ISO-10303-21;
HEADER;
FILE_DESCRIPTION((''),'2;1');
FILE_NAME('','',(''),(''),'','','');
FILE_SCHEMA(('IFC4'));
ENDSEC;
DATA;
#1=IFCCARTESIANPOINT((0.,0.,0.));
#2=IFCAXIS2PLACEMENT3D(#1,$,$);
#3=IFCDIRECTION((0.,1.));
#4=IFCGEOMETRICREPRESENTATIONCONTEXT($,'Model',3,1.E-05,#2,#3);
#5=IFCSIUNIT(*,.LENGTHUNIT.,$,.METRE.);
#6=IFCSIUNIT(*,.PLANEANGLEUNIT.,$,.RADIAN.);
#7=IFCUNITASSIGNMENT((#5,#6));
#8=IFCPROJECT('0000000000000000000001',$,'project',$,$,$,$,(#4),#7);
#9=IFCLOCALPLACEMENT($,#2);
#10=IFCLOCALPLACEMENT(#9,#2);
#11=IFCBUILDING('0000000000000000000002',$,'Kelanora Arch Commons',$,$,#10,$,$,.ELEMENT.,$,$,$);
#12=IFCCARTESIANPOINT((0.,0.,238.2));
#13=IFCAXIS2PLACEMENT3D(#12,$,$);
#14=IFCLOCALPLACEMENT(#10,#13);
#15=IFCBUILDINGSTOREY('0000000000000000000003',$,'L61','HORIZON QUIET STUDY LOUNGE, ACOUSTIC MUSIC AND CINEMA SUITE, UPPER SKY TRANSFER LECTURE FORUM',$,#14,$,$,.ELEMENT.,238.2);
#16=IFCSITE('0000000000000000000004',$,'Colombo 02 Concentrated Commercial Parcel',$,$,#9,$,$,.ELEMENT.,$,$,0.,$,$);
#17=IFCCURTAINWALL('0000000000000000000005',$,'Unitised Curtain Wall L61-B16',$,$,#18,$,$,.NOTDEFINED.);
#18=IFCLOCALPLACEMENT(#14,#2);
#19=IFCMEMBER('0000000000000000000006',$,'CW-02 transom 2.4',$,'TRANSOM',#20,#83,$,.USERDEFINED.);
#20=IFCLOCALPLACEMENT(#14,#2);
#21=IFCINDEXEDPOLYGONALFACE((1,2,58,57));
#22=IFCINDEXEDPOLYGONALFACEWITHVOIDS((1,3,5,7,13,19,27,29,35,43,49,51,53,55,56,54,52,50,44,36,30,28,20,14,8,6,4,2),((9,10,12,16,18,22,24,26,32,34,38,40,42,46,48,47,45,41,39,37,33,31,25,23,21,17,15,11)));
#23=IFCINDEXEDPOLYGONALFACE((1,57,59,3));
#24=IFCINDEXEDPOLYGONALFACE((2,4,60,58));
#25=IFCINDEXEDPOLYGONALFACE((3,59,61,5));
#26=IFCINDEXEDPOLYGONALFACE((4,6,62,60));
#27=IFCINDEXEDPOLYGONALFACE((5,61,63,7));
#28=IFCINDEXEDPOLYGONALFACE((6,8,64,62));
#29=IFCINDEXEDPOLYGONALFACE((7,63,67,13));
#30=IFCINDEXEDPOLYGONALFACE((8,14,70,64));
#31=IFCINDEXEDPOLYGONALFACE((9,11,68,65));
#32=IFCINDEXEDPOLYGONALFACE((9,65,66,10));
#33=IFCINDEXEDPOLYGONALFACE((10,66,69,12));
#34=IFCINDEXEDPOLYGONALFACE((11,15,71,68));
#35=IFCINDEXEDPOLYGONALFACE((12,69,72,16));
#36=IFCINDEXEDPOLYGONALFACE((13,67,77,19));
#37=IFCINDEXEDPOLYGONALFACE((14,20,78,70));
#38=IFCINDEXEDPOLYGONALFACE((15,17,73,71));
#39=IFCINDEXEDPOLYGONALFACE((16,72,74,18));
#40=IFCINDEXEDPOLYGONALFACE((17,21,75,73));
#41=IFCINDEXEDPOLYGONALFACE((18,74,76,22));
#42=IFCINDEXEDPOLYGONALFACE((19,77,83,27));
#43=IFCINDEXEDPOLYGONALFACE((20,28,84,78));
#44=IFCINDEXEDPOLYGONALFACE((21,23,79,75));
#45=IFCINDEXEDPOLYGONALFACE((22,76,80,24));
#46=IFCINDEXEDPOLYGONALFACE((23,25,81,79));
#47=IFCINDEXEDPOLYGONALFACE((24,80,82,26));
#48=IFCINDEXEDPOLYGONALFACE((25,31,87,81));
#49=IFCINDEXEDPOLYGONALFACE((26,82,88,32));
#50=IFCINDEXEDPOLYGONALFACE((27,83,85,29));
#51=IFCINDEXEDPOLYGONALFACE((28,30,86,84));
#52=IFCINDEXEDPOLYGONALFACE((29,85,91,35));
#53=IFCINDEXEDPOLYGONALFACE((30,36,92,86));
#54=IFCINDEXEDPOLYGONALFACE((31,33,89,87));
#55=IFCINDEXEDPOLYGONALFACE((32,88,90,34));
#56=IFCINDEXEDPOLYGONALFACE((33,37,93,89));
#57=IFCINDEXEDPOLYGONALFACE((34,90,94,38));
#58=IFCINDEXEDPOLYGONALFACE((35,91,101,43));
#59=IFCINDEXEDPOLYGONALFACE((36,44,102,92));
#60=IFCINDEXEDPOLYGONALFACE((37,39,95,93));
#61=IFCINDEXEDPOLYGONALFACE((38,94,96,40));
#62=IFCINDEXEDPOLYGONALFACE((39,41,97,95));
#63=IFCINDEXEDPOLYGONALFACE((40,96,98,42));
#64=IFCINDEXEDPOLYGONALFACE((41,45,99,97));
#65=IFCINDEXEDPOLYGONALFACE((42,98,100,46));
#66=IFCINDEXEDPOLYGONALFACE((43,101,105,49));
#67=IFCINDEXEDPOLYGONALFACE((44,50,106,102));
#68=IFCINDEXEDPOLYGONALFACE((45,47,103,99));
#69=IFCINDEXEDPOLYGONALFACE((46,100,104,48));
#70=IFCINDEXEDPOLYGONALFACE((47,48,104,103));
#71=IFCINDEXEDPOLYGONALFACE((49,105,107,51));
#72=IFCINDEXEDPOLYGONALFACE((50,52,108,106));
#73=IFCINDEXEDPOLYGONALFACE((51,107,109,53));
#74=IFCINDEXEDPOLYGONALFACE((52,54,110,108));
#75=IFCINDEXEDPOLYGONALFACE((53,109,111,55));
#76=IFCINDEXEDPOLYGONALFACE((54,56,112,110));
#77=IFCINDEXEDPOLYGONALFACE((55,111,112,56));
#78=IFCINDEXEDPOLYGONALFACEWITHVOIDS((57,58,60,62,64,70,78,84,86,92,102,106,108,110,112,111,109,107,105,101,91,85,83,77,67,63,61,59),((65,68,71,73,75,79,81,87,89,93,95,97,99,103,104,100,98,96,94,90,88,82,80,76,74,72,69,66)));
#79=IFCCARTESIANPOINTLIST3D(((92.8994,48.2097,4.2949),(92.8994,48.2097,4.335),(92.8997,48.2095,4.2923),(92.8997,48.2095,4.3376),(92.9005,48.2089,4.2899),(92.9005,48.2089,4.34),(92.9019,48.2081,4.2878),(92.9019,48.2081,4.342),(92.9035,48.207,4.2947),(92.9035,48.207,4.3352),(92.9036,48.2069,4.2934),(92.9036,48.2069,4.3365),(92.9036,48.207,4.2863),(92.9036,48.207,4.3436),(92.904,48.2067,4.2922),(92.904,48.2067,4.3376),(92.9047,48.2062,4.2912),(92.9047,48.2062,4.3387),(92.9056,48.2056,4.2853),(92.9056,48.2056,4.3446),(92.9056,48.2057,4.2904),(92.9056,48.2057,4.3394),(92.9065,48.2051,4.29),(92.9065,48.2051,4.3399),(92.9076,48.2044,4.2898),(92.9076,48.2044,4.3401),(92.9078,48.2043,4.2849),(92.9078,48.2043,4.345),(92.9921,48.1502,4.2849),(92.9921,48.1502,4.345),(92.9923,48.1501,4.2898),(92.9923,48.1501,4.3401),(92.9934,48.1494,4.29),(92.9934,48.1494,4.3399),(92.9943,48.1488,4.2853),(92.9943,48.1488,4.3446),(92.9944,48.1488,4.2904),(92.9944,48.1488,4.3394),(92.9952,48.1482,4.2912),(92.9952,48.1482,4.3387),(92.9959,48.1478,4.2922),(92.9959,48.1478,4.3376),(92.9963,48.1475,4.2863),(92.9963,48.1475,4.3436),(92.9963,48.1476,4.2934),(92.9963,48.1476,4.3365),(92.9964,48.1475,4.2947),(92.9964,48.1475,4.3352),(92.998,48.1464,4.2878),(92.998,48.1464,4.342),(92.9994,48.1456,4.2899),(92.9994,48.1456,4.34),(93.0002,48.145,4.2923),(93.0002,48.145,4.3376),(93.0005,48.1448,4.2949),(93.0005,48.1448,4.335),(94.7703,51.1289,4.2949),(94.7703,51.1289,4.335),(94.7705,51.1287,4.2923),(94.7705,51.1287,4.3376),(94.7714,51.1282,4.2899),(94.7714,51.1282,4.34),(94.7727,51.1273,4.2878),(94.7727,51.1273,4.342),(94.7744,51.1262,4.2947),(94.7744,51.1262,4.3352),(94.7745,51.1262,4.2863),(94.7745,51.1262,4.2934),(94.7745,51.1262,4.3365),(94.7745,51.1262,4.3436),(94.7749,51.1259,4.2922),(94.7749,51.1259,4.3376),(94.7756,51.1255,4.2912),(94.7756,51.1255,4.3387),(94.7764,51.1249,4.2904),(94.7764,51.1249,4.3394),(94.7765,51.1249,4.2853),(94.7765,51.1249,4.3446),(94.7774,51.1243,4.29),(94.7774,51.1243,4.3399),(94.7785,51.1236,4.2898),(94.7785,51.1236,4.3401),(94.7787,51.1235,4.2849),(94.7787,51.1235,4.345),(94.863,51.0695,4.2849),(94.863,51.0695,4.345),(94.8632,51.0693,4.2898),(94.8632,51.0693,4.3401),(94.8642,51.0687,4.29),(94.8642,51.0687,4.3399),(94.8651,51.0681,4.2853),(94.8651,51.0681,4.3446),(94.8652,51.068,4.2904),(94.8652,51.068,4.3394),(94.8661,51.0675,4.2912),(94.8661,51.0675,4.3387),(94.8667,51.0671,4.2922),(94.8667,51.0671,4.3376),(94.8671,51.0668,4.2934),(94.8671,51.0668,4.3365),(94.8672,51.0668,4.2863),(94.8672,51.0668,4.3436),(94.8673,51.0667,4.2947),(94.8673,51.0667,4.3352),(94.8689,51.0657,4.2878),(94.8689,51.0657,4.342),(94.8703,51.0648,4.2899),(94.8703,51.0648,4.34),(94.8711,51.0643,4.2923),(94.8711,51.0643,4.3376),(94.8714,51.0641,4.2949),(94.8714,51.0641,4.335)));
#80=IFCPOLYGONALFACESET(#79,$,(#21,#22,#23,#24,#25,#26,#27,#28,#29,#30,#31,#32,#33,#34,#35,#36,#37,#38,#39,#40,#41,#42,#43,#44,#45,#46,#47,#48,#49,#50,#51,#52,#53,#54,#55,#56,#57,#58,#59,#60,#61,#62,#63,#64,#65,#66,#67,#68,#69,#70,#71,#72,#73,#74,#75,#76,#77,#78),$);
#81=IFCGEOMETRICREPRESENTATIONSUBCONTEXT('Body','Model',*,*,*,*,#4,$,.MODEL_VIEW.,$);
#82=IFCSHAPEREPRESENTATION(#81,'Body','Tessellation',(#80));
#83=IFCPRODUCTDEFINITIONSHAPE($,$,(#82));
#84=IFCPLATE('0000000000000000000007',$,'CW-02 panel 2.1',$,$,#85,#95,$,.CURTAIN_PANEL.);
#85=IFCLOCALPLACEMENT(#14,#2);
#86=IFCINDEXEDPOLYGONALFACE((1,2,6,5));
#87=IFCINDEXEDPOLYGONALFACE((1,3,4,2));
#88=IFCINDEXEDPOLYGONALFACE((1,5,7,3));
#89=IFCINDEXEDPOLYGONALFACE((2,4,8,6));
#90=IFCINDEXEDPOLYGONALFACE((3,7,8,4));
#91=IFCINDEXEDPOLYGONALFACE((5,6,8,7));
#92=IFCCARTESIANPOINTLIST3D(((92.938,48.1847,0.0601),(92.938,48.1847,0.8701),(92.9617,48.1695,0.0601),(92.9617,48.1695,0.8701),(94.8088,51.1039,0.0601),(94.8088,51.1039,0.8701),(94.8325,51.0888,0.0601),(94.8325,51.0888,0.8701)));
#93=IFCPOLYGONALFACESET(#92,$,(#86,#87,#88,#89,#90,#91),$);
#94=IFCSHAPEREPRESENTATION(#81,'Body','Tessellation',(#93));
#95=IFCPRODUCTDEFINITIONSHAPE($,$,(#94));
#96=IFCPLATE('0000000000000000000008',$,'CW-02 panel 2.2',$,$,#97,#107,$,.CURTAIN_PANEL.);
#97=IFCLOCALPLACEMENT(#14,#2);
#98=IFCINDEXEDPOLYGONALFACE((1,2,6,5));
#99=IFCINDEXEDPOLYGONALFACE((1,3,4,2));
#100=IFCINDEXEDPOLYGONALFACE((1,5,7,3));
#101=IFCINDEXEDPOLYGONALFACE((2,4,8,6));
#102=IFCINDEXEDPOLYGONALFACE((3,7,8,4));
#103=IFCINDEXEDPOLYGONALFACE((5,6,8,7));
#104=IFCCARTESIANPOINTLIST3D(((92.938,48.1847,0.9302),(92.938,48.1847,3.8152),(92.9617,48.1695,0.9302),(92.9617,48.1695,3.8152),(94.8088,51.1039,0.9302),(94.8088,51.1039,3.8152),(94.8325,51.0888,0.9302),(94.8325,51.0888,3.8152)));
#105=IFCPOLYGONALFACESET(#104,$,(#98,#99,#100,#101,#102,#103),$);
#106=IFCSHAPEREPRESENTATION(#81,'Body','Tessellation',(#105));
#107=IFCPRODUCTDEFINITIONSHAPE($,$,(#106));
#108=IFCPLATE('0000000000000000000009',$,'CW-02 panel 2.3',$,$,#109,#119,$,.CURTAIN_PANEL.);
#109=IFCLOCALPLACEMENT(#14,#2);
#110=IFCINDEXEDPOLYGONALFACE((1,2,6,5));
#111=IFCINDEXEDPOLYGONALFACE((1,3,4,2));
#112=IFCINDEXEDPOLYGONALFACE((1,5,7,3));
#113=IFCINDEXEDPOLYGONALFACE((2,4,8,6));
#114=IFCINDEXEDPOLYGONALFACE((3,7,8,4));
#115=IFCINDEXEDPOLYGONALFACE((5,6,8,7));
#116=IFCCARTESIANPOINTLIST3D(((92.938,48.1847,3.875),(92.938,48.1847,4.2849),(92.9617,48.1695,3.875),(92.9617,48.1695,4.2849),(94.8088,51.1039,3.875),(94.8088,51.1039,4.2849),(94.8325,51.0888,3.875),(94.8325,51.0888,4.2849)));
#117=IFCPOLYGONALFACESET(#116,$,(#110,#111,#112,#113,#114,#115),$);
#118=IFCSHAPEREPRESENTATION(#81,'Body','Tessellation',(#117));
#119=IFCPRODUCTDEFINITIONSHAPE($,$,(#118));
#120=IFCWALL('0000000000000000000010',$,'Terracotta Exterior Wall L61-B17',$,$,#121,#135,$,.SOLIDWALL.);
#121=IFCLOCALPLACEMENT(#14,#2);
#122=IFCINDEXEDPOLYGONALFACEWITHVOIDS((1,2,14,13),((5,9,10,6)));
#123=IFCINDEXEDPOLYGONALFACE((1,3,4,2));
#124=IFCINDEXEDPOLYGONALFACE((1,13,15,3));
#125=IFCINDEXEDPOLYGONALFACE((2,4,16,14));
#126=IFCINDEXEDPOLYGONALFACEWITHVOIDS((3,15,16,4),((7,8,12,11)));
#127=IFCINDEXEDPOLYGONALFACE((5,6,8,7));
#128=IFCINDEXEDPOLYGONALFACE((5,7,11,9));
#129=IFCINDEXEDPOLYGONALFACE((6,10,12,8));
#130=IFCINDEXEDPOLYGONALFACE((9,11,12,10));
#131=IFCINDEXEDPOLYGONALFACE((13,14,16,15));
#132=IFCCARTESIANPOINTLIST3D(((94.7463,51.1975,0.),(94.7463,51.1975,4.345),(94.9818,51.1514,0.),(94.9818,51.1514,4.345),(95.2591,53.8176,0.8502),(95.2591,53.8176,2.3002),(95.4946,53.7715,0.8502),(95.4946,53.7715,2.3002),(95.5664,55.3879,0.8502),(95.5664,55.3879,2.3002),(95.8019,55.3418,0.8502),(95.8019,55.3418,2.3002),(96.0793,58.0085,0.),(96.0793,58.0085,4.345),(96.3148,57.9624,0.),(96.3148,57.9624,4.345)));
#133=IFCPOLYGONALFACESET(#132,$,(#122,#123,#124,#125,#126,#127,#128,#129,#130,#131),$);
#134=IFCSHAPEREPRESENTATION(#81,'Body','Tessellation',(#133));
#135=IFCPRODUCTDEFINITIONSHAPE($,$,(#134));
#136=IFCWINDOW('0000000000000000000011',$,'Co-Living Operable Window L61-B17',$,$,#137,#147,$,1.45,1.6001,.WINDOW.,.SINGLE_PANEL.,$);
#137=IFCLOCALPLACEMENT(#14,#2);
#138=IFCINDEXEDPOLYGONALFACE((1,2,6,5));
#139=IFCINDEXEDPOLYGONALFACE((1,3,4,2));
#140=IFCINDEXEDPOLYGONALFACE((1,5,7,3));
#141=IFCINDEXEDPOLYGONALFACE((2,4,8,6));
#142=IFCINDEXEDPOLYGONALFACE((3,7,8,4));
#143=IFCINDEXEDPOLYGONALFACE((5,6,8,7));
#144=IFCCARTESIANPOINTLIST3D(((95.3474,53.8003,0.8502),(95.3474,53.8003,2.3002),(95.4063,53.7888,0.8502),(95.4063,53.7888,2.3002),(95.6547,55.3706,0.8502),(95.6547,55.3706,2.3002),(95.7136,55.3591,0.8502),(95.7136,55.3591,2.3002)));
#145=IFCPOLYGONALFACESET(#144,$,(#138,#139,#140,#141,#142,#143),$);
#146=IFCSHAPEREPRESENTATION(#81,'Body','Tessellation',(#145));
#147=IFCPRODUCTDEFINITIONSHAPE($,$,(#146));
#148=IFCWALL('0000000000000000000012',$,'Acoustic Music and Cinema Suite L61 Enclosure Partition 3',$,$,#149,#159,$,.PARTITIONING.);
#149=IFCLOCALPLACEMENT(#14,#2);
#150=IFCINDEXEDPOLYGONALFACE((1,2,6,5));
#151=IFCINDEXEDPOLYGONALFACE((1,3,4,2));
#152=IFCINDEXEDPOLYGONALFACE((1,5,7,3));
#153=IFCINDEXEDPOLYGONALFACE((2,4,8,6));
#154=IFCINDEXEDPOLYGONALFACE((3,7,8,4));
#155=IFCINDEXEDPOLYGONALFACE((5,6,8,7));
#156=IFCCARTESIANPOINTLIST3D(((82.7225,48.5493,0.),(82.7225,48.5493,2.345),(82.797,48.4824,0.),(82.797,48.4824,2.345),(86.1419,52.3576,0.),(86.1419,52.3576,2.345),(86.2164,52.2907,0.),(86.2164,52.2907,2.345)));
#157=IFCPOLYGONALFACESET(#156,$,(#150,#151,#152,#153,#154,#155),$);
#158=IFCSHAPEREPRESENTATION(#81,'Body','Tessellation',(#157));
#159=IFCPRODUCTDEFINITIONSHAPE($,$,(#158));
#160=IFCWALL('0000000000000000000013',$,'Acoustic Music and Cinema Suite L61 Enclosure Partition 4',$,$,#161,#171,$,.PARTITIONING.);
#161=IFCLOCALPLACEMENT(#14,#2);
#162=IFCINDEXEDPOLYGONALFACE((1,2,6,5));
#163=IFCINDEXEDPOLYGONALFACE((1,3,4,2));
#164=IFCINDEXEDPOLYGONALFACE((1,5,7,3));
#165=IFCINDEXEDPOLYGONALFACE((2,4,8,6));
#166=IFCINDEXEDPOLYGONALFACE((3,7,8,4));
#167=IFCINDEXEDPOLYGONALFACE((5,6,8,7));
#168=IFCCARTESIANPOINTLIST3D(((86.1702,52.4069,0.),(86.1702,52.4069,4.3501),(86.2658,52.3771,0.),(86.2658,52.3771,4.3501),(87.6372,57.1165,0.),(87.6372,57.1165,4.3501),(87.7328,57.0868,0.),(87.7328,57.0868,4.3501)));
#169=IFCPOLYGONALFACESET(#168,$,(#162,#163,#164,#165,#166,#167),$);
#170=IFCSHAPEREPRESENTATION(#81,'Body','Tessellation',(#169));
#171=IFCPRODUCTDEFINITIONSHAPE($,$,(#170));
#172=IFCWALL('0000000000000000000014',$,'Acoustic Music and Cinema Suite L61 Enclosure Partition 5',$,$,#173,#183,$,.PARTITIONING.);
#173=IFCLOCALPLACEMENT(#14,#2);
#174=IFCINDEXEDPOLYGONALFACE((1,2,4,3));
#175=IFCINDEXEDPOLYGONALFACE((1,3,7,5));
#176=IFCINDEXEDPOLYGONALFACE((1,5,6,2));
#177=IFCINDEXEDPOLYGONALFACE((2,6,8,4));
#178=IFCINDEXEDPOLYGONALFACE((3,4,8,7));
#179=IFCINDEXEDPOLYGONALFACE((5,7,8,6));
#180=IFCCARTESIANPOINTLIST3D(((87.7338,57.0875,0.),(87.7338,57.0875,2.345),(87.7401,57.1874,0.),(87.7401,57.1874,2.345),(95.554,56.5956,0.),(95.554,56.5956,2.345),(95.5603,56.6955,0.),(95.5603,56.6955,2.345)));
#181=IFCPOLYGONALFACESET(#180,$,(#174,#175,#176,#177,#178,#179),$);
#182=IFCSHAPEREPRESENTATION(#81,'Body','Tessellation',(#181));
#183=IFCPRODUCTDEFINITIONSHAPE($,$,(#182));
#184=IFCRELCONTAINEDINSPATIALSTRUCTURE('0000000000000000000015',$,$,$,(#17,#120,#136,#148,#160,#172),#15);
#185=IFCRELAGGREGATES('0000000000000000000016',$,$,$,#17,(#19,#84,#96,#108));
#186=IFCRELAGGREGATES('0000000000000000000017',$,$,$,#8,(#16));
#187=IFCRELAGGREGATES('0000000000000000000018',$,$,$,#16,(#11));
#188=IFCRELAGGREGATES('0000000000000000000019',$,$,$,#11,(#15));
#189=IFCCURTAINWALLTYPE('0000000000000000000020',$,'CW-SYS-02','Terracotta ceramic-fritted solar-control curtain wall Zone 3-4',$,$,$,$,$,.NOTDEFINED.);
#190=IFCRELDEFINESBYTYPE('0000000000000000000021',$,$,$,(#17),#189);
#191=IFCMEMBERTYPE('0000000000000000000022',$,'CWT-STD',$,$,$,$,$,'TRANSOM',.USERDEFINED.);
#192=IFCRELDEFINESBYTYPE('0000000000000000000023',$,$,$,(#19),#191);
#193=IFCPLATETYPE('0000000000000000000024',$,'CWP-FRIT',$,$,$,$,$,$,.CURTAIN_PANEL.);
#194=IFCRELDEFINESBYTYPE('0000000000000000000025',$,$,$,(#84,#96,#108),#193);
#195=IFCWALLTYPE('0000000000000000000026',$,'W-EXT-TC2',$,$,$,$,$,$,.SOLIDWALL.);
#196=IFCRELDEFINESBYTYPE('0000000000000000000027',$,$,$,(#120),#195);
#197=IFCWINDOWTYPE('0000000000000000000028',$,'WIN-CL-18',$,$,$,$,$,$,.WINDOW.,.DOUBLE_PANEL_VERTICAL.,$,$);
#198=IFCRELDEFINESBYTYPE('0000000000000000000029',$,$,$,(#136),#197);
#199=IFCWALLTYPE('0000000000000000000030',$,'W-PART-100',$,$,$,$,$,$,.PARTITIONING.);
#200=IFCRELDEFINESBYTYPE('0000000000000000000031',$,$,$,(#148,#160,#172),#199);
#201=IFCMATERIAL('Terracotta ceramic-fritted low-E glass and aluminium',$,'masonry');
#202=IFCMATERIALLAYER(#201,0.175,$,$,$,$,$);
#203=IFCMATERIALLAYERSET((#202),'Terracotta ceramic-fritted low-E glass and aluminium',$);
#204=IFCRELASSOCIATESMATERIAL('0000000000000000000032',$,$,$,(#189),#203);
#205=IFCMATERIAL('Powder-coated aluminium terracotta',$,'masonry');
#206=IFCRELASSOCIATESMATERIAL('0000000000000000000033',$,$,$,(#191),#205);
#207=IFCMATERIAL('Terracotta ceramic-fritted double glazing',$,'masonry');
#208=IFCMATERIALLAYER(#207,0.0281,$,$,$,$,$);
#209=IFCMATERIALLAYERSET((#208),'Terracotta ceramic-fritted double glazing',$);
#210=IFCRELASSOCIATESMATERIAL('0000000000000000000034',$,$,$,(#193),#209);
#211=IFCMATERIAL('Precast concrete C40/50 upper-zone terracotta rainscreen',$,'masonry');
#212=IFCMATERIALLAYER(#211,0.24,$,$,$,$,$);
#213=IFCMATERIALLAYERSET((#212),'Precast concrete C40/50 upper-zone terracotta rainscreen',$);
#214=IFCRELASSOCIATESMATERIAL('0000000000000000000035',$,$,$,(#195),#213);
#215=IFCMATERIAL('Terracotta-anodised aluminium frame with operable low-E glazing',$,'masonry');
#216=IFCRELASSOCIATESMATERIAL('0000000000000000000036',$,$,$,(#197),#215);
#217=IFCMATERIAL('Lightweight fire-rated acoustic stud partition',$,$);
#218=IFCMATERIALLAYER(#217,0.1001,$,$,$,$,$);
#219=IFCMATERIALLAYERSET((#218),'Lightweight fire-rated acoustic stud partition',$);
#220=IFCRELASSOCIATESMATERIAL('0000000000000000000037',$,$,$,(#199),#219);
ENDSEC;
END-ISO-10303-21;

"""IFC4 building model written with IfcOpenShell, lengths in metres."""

from ifc_helpers import new_model, si_unit, direction, frame, frame_2d, origin, origin_2d, place, context, subcontext, project, spatial, rectangle, hollow_rectangle, extrude, source, transform, mapped, material, layer, layer_set, material_profile, profile_set, type_object, element, fill, aggregate, save


model = new_model("IFC4")

# Units and contexts
model_context = context("Model", 3, precision=1e-05, world=origin(), true_north=direction((0.0, 1.0)))
body_context = subcontext(model_context, "Body", "Model", "MODEL_VIEW")
ifc_project = project(units=[si_unit("LENGTHUNIT", "METRE"), si_unit("PLANEANGLEUNIT", "RADIAN")], contexts=[model_context])

# Site, building, storey
site_placement = place(None, origin())
site = spatial("IfcSite", under=ifc_project, at=site_placement, Name="Colombo 02 Concentrated Commercial Parcel", CompositionType="ELEMENT", RefElevation=0.0)
building_placement = place(site_placement, origin())
building = spatial("IfcBuilding", under=site, at=building_placement, Name="Kelanora Arch Commons", CompositionType="ELEMENT")
storey_placement = place(building_placement, frame((0.0, 0.0, 238.2)))
storey = spatial("IfcBuildingStorey", under=building, at=storey_placement, Name="L61", Description="HORIZON QUIET STUDY LOUNGE, ACOUSTIC MUSIC AND CINEMA SUITE, UPPER SKY TRANSFER LECTURE FORUM", CompositionType="ELEMENT", Elevation=238.2)

# Curtain wall, member, plates
ifc_material_1 = material(Name="Terracotta ceramic-fritted low-E glass and aluminium", Category="masonry")
ifc_layer_1 = layer(ifc_material_1, 0.175)
ifc_layer_set_1 = layer_set([ifc_layer_1], Name="Terracotta ceramic-fritted low-E glass and aluminium")
curtain_wall_type = type_object("IfcCurtainWallType", Name="CW-SYS-02", Description="Terracotta ceramic-fritted solar-control curtain wall Zone 3-4", PredefinedType="NOTDEFINED", material=ifc_layer_set_1)
curtain_wall_placement = place(storey_placement, origin())
curtain_wall = element("IfcCurtainWall", 1, at=curtain_wall_placement, inside=storey, type_object=curtain_wall_type, Name="Unitised Curtain Wall L61-B16", PredefinedType="NOTDEFINED")
ifc_material_2 = material(Name="Powder-coated aluminium terracotta", Category="masonry")
ifc_material_profile_1 = material_profile(ifc_material_2, hollow_rectangle(XDim=0.1201, YDim=0.0601, WallThickness=0.0049, InnerFilletRadius=0.0049, OuterFilletRadius=0.01, at=origin_2d()), Name="CWT120x60")
ifc_profile_set_1 = profile_set([ifc_material_profile_1], Name="Powder-coated aluminium terracotta")
member_type_1 = type_object("IfcMemberType", Name="CWT-STD", ElementType="TRANSOM", PredefinedType="USERDEFINED", material=ifc_profile_set_1)
member_1_placement = place(storey_placement, frame((92.95, 48.1772, 4.3149), z_axis=(0.539579, 0.841935, 0.0), x_axis=(-0.841935, 0.539579, 0.0)))
member_1 = element("IfcMember", 2, at=member_1_placement, type_object=member_type_1, Name="CW-02 transom 2.4", ObjectType="TRANSOM", PredefinedType="USERDEFINED", context=body_context, shape_type="SweptSolid", body=[
    extrude(hollow_rectangle(XDim=0.1201, YDim=0.0601, WallThickness=0.0049, InnerFilletRadius=0.0049, OuterFilletRadius=0.01, at=origin_2d()), origin(), (0.0, 0.0, 1.0), 3.4673),
])
ifc_material_3 = material(Name="Terracotta ceramic-fritted double glazing", Category="masonry")
ifc_layer_2 = layer(ifc_material_3, 0.0281)
ifc_layer_set_2 = layer_set([ifc_layer_2], Name="Terracotta ceramic-fritted double glazing")
plate_type = type_object("IfcPlateType", Name="CWP-FRIT", PredefinedType="CURTAIN_PANEL", material=ifc_layer_set_2)
shared_shape_1 = source(origin(), body_context, "Body", "SweptSolid", [
    extrude(rectangle(XDim=3.4673, YDim=0.0281, at=origin_2d()), origin(), (0.0, 0.0, 1.0), 0.8101),
])
plate_1_placement = place(storey_placement, frame((93.8853, 49.6367, 0.0601), z_axis=(0.0, 0.0, 1.0), x_axis=(0.539559, 0.841948, 0.0)))
plate_1 = element("IfcPlate", 3, at=plate_1_placement, type_object=plate_type, Name="CW-02 panel 2.1", PredefinedType="CURTAIN_PANEL", context=body_context, shape_type="MappedRepresentation", body=[
    mapped(shared_shape_1, transform((0.0, 0.0, 0.0), scale=1.0)),
])
shared_shape_2 = source(origin(), body_context, "Body", "SweptSolid", [
    extrude(rectangle(XDim=3.4673, YDim=0.0281, at=origin_2d()), origin(), (0.0, 0.0, 1.0), 2.885),
])
plate_2_placement = place(storey_placement, frame((93.8853, 49.6367, 0.9302), z_axis=(0.0, 0.0, 1.0), x_axis=(0.539559, 0.841948, 0.0)))
plate_2 = element("IfcPlate", 4, at=plate_2_placement, type_object=plate_type, Name="CW-02 panel 2.2", PredefinedType="CURTAIN_PANEL", context=body_context, shape_type="MappedRepresentation", body=[
    mapped(shared_shape_2, transform((0.0, 0.0, 0.0), scale=1.0)),
])
shared_shape_3 = source(origin(), body_context, "Body", "SweptSolid", [
    extrude(rectangle(XDim=3.4673, YDim=0.0281, at=origin_2d()), origin(), (0.0, 0.0, 1.0), 0.4099),
])
plate_3_placement = place(storey_placement, frame((93.8853, 49.6367, 3.875), z_axis=(0.0, 0.0, 1.0), x_axis=(0.539559, 0.841948, 0.0)))
plate_3 = element("IfcPlate", 5, at=plate_3_placement, type_object=plate_type, Name="CW-02 panel 2.3", PredefinedType="CURTAIN_PANEL", context=body_context, shape_type="MappedRepresentation", body=[
    mapped(shared_shape_3, transform((0.0, 0.0, 0.0), scale=1.0)),
])
aggregate(curtain_wall, [member_1, plate_1, plate_2, plate_3])

# Wall, opening, window
ifc_material_4 = material(Name="Precast concrete C40/50 upper-zone terracotta rainscreen", Category="masonry")
ifc_layer_3 = layer(ifc_material_4, 0.24)
ifc_layer_set_3 = layer_set([ifc_layer_3], Name="Precast concrete C40/50 upper-zone terracotta rainscreen")
wall_type_1 = type_object("IfcWallType", Name="W-EXT-TC2", PredefinedType="SOLIDWALL", material=ifc_layer_set_3)
wall_1_placement = place(storey_placement, frame((94.864, 51.1743, 0.0), z_axis=(0.0, 0.0, 1.0), x_axis=(0.192069, 0.981381, 0.0)))
wall_1 = element("IfcWall", 6, at=wall_1_placement, inside=storey, type_object=wall_type_1, Name="Terracotta Exterior Wall L61-B17", PredefinedType="SOLIDWALL", context=body_context, shape_type="SweptSolid", body=[
    extrude(rectangle(XDim=6.9402, YDim=0.24, at=frame_2d((3.4702, 0.0))), origin(), (0.0, 0.0, 1.0), 4.345),
])
opening_placement = place(wall_1_placement, frame((2.6699, 0.0, 0.8501)))
opening = element("IfcOpeningElement", 7, at=opening_placement, cuts=wall_1, PredefinedType="OPENING", context=body_context, shape_type="SweptSolid", body=[
    extrude(rectangle(XDim=1.6001, YDim=1.45, at=frame_2d((0.8, 0.7251))), frame((0.0, 0.1299, 0.0), z_axis=(0.0, -1.0, 0.0), x_axis=(1.0, 0.0, 0.0)), (0.0, 0.0, 1.0), 0.26),
])
ifc_material_5 = material(Name="Terracotta-anodised aluminium frame with operable low-E glazing", Category="masonry")
window_type = type_object("IfcWindowType", Name="WIN-CL-18", PartitioningType="DOUBLE_PANEL_VERTICAL", PredefinedType="WINDOW", material=ifc_material_5)
window_placement = place(opening_placement, origin())
window = element("IfcWindow", 8, at=window_placement, inside=storey, type_object=window_type, Name="Co-Living Operable Window L61-B17", OverallHeight=1.45, OverallWidth=1.6001, PartitioningType="SINGLE_PANEL", PredefinedType="WINDOW", context=body_context, shape_type="SweptSolid", body=[
    extrude(rectangle(XDim=1.6001, YDim=1.45, at=frame_2d((0.8, 0.7251))), frame((0.0, 0.03, 0.0), z_axis=(0.0, -1.0, 0.0), x_axis=(1.0, 0.0, 0.0)), (0.0, 0.0, 1.0), 0.0601),
])
fill(opening, window)

# Walls
ifc_material_6 = material(Name="Lightweight fire-rated acoustic stud partition")
ifc_layer_4 = layer(ifc_material_6, 0.1001)
ifc_layer_set_4 = layer_set([ifc_layer_4], Name="Lightweight fire-rated acoustic stud partition")
wall_type_2 = type_object("IfcWallType", Name="W-PART-100", PredefinedType="PARTITIONING", material=ifc_layer_set_4)
wall_2_placement = place(storey_placement, frame((82.7598, 48.5159, 0.0), z_axis=(0.0, 0.0, 1.0), x_axis=(0.668092, 0.744079, 0.0)))
element("IfcWall", 9, at=wall_2_placement, inside=storey, type_object=wall_type_2, Name="Acoustic Music and Cinema Suite L61 Enclosure Partition 3", PredefinedType="PARTITIONING", context=body_context, shape_type="SweptSolid", body=[
    extrude(rectangle(XDim=5.1182, YDim=0.1001, at=frame_2d((2.5591, 0.0))), origin(), (0.0, 0.0, 1.0), 2.345),
])
wall_3_placement = place(storey_placement, frame((86.218, 52.3921, 0.0), z_axis=(0.0, 0.0, 1.0), x_axis=(0.297398, 0.954753, 0.0)))
element("IfcWall", 10, at=wall_3_placement, inside=storey, type_object=wall_type_2, Name="Acoustic Music and Cinema Suite L61 Enclosure Partition 4", PredefinedType="PARTITIONING", context=body_context, shape_type="SweptSolid", body=[
    extrude(rectangle(XDim=4.9329, YDim=0.1001, at=frame_2d((2.4663, 0.0))), origin(), (0.0, 0.0, 1.0), 4.3501),
])
wall_4_placement = place(storey_placement, frame((87.7368, 57.1375, 0.0), z_axis=(0.0, 0.0, 1.0), x_axis=(0.998027, -0.062782, 0.0)))
element("IfcWall", 11, at=wall_4_placement, inside=storey, type_object=wall_type_2, Name="Acoustic Music and Cinema Suite L61 Enclosure Partition 5", PredefinedType="PARTITIONING", context=body_context, shape_type="SweptSolid", body=[
    extrude(rectangle(XDim=7.8357, YDim=0.1001, at=frame_2d((3.918, 0.0))), origin(), (0.0, 0.0, 1.0), 2.345),
])

save(model, "model.ifc")
